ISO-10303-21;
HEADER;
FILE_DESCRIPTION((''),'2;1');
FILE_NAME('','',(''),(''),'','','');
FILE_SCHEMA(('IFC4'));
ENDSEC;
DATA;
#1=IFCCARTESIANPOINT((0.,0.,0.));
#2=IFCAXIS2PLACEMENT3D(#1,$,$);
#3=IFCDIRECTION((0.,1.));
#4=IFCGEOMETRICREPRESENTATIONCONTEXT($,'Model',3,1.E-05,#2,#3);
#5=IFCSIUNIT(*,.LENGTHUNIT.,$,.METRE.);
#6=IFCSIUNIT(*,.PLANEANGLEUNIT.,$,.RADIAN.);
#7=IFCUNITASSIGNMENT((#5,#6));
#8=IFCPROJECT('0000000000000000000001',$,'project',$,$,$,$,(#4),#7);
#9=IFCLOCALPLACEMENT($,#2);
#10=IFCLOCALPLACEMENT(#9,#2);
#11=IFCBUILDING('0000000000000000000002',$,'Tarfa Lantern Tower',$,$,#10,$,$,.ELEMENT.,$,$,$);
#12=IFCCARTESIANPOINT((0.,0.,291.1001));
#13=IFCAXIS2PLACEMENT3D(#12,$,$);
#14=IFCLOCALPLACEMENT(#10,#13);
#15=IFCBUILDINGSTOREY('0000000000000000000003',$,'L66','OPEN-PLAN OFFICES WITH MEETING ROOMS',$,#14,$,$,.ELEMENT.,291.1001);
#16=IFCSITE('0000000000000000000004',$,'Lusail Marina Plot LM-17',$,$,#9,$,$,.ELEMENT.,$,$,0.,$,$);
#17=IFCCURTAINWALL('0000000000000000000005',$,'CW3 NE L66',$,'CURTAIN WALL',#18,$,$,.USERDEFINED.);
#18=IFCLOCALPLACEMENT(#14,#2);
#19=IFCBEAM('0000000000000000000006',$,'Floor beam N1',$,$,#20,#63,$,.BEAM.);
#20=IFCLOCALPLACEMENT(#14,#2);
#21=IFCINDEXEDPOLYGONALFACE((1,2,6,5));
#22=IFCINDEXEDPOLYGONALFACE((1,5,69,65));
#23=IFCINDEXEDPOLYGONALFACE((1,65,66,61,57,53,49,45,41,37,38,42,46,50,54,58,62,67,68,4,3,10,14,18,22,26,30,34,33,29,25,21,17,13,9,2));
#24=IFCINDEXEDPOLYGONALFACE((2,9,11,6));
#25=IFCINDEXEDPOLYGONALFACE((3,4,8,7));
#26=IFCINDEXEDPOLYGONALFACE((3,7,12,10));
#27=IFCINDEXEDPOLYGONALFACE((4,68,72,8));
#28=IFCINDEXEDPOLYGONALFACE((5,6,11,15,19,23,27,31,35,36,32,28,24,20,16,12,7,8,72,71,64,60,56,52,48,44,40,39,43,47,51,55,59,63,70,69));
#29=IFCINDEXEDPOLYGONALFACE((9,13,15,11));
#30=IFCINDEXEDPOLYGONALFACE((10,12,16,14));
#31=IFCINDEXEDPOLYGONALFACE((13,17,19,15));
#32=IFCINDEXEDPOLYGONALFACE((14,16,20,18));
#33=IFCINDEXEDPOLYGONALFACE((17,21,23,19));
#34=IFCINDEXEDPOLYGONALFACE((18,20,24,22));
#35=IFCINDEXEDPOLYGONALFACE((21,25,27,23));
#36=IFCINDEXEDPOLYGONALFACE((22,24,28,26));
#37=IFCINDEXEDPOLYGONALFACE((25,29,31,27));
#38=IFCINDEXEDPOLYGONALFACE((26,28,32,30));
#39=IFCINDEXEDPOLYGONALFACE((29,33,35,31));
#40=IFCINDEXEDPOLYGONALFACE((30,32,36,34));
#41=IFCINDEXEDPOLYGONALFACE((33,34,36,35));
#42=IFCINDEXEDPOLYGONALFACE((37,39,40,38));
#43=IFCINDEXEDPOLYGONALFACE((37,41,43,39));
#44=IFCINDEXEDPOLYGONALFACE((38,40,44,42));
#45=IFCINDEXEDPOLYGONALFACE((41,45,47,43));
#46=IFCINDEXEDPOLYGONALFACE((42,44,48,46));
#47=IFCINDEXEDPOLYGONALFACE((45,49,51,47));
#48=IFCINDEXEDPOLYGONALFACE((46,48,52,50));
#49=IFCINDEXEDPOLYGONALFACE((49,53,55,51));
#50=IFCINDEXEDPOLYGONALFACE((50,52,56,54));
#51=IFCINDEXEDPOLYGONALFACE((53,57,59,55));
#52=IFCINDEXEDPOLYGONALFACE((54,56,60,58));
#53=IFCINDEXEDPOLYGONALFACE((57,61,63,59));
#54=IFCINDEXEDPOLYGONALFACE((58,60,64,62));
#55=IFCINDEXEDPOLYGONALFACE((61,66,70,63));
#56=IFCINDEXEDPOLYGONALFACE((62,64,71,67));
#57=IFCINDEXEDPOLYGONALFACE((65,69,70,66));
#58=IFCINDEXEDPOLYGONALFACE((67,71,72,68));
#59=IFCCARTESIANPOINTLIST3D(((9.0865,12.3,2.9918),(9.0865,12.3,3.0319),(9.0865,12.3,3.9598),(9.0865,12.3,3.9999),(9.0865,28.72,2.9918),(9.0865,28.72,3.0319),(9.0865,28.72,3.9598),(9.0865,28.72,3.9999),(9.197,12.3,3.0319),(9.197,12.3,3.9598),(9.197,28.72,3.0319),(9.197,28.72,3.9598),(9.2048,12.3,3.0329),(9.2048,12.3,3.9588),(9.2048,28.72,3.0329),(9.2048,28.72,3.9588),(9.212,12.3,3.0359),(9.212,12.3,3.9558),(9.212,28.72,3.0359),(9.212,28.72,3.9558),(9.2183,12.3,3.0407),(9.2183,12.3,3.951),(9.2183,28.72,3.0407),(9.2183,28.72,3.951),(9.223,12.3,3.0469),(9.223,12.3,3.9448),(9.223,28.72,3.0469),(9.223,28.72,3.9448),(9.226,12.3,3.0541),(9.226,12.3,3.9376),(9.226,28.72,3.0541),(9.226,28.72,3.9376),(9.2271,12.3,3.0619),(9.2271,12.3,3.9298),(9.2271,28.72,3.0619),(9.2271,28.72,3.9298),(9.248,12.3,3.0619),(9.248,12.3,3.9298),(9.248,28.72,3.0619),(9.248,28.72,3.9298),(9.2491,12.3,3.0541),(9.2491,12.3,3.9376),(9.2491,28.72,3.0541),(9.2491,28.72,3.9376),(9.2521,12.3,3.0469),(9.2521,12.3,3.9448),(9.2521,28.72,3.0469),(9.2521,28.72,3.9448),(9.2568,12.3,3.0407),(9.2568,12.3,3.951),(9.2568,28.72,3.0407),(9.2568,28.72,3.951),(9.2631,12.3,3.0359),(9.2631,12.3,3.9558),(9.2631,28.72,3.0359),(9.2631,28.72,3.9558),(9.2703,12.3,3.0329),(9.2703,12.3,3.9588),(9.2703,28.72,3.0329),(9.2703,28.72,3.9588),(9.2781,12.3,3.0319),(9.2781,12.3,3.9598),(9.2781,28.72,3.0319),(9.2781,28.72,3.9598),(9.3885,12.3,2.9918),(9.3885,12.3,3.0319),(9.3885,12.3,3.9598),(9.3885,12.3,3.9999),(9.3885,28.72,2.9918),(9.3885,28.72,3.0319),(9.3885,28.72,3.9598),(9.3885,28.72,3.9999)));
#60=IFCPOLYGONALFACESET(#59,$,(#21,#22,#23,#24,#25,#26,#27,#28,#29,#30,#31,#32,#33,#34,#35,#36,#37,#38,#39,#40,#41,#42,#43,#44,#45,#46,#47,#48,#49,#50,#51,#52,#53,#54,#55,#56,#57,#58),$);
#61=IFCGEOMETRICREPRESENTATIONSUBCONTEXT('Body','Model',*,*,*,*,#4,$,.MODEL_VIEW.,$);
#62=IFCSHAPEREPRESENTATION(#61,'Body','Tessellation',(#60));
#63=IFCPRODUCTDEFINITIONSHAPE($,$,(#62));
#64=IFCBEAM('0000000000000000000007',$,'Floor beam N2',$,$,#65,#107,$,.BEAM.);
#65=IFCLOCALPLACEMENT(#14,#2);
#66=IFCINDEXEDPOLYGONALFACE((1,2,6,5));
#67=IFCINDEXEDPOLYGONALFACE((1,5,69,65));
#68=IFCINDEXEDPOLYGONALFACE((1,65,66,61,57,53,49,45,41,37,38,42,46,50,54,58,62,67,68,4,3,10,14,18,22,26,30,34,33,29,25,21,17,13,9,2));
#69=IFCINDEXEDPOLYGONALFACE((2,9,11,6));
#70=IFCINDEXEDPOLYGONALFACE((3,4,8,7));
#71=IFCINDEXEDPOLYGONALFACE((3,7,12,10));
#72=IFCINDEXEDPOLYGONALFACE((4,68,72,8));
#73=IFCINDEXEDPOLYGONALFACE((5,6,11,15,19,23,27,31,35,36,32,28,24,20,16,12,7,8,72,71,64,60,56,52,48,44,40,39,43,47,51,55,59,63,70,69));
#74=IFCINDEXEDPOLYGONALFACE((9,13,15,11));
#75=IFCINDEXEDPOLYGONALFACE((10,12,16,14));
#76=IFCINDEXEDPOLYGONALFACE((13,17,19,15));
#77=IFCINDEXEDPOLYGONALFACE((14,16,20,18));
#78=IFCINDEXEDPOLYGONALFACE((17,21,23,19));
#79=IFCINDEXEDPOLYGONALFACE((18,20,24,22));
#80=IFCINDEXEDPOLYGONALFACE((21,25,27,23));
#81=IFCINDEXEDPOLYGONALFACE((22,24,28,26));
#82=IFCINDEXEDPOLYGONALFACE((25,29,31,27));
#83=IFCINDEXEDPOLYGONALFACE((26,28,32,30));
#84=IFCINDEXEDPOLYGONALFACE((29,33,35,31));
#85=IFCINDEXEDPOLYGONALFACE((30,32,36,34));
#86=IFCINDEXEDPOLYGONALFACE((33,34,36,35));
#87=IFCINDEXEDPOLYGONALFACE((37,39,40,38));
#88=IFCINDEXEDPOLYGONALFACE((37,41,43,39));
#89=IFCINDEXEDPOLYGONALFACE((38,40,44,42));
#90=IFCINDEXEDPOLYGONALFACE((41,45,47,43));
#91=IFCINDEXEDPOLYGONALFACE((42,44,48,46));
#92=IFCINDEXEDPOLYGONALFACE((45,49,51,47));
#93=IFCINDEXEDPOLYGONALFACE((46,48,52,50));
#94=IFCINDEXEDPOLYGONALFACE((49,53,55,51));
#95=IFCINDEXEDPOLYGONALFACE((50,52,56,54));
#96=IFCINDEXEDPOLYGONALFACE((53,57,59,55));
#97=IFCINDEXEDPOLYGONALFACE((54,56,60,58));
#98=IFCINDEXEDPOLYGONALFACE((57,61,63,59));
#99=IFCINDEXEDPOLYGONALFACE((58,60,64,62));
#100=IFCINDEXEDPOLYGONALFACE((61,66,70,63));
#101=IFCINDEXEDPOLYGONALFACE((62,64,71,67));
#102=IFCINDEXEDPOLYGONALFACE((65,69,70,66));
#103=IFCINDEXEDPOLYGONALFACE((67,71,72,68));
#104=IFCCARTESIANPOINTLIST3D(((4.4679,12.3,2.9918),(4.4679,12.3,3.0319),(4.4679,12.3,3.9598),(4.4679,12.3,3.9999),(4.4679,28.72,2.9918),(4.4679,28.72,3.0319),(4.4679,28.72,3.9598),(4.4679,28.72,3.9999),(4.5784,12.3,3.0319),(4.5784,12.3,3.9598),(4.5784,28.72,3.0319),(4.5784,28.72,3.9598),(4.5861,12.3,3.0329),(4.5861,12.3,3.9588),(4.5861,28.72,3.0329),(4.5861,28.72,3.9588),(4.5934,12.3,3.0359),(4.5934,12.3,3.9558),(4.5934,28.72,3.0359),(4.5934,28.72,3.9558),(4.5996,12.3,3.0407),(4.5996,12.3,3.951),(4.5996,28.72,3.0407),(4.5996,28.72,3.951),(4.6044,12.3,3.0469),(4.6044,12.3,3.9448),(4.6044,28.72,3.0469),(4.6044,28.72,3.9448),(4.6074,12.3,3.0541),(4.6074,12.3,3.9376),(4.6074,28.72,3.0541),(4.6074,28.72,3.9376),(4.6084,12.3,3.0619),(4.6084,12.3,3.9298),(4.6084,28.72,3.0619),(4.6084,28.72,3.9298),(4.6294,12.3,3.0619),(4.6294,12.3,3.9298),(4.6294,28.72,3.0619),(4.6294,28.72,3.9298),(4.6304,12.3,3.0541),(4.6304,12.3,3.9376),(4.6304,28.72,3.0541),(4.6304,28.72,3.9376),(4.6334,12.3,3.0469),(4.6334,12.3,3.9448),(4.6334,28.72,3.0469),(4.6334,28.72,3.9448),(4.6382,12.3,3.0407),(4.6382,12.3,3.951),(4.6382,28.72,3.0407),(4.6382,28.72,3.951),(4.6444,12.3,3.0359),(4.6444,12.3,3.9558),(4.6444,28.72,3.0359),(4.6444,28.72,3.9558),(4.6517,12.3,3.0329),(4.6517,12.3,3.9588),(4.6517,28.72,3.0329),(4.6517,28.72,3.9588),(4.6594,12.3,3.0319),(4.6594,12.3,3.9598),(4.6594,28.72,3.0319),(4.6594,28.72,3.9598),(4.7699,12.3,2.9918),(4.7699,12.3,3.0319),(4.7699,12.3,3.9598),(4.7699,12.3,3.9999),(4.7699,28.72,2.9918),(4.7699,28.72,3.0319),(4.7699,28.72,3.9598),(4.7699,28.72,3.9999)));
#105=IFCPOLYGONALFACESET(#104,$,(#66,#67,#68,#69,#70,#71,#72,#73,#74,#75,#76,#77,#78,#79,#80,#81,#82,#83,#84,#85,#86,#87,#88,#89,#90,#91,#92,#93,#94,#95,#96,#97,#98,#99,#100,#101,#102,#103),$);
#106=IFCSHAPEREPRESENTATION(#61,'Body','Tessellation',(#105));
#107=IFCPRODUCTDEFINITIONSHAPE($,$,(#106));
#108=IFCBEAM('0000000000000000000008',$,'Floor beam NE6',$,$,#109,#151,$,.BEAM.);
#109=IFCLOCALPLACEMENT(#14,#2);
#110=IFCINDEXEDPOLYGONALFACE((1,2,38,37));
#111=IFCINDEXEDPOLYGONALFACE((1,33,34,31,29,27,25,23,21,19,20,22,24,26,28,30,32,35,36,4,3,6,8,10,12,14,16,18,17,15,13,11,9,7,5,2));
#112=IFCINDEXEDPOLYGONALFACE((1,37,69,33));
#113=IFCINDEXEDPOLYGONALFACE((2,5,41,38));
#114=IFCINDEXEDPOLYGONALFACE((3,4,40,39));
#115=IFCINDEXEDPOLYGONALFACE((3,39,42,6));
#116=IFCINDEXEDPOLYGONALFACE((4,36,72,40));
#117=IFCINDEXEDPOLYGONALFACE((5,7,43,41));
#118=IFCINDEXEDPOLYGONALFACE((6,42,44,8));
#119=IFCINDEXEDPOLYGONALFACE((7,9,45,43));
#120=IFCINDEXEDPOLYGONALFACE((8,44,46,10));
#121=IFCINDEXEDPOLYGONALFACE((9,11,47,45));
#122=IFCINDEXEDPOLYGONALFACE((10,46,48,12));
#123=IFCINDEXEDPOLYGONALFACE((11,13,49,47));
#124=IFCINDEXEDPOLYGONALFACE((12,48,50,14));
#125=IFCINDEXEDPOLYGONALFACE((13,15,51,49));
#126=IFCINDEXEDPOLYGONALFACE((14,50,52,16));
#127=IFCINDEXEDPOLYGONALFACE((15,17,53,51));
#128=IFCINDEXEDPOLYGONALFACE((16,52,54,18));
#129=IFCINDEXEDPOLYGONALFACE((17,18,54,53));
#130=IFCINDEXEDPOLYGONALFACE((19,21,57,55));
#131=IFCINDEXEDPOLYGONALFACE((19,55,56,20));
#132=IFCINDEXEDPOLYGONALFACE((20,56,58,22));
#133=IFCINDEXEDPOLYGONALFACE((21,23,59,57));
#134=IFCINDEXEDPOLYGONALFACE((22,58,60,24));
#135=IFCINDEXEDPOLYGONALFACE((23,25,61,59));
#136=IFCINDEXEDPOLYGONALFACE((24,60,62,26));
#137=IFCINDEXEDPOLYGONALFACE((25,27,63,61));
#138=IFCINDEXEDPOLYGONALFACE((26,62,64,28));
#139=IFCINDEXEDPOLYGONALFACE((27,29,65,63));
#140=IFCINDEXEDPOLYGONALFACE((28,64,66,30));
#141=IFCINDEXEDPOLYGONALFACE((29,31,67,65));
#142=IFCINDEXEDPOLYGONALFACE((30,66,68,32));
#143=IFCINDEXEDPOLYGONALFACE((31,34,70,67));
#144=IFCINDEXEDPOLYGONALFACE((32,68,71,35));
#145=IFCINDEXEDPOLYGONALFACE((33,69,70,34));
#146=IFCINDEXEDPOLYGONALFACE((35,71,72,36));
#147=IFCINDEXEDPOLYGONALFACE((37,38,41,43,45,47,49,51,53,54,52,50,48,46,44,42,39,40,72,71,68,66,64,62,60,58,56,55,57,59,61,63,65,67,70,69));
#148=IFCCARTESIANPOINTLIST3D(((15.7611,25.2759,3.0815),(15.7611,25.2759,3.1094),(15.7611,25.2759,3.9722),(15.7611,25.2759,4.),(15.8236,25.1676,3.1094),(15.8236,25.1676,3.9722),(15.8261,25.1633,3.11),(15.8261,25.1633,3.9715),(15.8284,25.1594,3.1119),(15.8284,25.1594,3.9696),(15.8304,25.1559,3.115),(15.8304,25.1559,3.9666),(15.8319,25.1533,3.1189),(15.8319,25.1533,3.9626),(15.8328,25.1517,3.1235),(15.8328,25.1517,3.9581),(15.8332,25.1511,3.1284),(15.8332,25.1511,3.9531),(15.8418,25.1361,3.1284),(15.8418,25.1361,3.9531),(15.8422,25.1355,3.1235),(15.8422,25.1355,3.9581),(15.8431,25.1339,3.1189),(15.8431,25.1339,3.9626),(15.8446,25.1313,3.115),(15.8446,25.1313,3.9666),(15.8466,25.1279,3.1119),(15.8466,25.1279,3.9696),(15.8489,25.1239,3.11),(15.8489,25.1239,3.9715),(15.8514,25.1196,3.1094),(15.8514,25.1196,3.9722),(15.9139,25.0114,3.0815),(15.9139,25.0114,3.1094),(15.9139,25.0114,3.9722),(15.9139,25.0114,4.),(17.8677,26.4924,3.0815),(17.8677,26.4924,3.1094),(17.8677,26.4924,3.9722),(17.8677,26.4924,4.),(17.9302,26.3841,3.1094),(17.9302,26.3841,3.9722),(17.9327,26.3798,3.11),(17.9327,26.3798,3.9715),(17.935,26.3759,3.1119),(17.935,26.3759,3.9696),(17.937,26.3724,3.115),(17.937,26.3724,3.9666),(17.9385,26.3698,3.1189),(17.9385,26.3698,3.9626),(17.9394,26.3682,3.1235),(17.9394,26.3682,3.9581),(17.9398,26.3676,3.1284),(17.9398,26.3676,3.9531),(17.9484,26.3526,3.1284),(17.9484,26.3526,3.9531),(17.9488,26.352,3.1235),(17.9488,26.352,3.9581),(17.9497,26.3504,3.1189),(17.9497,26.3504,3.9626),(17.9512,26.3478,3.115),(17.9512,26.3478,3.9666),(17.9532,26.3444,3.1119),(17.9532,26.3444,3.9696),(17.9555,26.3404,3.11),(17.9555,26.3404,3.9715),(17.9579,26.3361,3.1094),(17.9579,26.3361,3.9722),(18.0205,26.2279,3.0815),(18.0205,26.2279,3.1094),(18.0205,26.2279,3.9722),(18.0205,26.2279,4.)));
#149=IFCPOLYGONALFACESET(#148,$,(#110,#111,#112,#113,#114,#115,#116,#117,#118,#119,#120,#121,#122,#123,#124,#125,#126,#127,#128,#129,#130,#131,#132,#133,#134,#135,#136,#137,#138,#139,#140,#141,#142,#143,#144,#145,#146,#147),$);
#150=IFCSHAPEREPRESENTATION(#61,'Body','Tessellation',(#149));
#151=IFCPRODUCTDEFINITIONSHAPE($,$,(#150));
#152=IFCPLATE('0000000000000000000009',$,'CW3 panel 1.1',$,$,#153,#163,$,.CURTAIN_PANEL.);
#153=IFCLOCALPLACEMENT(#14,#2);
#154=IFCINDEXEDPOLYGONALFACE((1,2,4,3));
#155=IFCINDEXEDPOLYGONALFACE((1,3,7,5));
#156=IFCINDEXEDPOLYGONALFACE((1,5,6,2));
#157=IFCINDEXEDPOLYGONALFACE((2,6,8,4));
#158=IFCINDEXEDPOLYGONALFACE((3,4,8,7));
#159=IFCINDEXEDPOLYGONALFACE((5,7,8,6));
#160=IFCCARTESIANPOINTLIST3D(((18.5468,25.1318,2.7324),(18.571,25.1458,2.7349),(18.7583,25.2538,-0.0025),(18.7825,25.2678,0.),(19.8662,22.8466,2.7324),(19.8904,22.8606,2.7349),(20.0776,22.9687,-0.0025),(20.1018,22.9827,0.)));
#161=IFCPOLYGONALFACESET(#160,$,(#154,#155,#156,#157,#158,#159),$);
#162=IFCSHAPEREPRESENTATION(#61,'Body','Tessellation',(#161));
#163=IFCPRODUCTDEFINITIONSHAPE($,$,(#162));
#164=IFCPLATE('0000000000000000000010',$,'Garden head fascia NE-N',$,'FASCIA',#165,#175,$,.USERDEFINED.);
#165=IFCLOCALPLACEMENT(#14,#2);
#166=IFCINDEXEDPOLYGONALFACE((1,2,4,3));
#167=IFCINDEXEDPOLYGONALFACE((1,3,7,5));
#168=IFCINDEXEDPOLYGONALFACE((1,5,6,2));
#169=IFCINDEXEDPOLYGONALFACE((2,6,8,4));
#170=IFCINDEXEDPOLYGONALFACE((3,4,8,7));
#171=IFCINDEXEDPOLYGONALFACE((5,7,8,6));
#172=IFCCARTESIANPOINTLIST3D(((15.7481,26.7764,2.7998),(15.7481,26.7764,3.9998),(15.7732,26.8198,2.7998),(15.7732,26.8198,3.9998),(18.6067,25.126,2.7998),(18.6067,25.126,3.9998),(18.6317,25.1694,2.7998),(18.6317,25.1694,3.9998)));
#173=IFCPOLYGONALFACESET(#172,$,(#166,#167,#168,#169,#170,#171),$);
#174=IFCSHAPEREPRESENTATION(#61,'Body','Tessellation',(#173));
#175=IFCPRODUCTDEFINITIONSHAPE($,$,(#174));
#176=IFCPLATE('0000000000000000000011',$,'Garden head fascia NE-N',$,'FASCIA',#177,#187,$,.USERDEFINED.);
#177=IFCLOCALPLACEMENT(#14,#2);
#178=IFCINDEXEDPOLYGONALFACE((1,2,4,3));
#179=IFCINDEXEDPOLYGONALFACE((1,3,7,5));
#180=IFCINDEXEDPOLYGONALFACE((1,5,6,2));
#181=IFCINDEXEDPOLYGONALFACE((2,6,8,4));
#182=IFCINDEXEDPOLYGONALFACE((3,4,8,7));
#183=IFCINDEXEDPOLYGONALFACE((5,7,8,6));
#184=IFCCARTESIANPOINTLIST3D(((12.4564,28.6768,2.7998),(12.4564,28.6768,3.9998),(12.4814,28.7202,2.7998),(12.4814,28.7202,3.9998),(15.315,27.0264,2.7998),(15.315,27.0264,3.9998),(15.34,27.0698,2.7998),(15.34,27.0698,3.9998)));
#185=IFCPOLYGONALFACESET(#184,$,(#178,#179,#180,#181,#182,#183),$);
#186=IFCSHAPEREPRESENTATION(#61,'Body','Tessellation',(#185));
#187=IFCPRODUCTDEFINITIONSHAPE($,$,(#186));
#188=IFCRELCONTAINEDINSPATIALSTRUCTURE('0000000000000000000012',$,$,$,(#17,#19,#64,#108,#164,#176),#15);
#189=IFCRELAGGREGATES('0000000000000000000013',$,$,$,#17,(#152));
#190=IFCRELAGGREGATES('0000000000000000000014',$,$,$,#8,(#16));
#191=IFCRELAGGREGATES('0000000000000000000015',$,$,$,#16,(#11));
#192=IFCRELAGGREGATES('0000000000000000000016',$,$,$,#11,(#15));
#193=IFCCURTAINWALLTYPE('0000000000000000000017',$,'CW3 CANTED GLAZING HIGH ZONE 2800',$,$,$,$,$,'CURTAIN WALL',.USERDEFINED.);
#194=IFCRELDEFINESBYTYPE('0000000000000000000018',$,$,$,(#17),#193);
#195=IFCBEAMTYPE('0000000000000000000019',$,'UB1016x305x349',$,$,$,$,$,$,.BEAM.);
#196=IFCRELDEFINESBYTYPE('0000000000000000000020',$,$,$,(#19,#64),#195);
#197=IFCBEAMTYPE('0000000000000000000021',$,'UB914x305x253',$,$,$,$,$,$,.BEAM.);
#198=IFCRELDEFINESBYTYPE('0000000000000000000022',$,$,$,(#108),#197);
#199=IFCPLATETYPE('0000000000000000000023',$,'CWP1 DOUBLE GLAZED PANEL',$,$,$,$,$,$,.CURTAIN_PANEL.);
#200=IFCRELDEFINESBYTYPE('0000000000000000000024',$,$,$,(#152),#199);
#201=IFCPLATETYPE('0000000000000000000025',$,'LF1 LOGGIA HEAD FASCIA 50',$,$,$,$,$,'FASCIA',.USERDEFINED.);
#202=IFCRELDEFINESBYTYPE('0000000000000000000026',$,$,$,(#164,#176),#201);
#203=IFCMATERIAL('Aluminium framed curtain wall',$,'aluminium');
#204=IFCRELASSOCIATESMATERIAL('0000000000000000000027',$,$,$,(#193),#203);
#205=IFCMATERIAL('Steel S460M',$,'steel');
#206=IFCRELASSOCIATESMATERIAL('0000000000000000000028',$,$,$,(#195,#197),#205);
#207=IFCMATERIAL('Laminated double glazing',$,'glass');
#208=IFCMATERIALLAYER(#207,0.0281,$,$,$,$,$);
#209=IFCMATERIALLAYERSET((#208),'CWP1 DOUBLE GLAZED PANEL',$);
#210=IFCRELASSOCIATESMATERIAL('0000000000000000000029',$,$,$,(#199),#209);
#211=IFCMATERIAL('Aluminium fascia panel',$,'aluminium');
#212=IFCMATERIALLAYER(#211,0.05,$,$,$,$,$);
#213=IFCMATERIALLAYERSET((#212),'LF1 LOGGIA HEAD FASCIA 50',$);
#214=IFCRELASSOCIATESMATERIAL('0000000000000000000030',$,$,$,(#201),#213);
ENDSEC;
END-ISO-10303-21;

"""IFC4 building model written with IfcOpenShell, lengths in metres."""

from ifc_helpers import new_model, si_unit, direction, frame, origin, origin_2d, place, context, subcontext, project, spatial, polyline, rectangle, i_section, outline, extrude, material, layer, layer_set, material_profile, profile_set, type_object, element, aggregate, save


model = new_model("IFC4")

# Units and contexts
model_context = context("Model", 3, precision=1e-05, world=origin(), true_north=direction((0.0, 1.0)))
body_context = subcontext(model_context, "Body", "Model", "MODEL_VIEW")
ifc_project = project(units=[si_unit("LENGTHUNIT", "METRE"), si_unit("PLANEANGLEUNIT", "RADIAN")], contexts=[model_context])

# Site, building, storey
site_placement = place(None, origin())
site = spatial("IfcSite", under=ifc_project, at=site_placement, Name="Lusail Marina Plot LM-17", CompositionType="ELEMENT", RefElevation=0.0)
building_placement = place(site_placement, origin())
building = spatial("IfcBuilding", under=site, at=building_placement, Name="Tarfa Lantern Tower", CompositionType="ELEMENT")
storey_placement = place(building_placement, frame((0.0, 0.0, 291.1001)))
storey = spatial("IfcBuildingStorey", under=building, at=storey_placement, Name="L66", Description="OPEN-PLAN OFFICES WITH MEETING ROOMS", CompositionType="ELEMENT", Elevation=291.1001)

# Curtain wall
ifc_material_1 = material(Name="Aluminium framed curtain wall", Category="aluminium")
curtain_wall_type = type_object("IfcCurtainWallType", Name="CW3 CANTED GLAZING HIGH ZONE 2800", ElementType="CURTAIN WALL", PredefinedType="USERDEFINED", material=ifc_material_1)
curtain_wall_placement = place(storey_placement, origin())
curtain_wall = element("IfcCurtainWall", 1, at=curtain_wall_placement, inside=storey, type_object=curtain_wall_type, Name="CW3 NE L66", ObjectType="CURTAIN WALL", PredefinedType="USERDEFINED")

# Beams
ifc_material_2 = material(Name="Steel S460M", Category="steel")
ifc_material_profile_1 = material_profile(ifc_material_2, i_section(OverallWidth=0.302, OverallDepth=1.0081, WebThickness=0.021, FlangeThickness=0.04, FilletRadius=0.03, at=origin_2d()), Name="UB1016x305x349")
ifc_profile_set_1 = profile_set([ifc_material_profile_1], Name="Steel S460M")
beam_type_1 = type_object("IfcBeamType", Name="UB1016x305x349", PredefinedType="BEAM", material=ifc_profile_set_1)
for number, where, z_axis, x_axis, name in (
    (2, (9.2375, 28.72, 3.4958), (0.0, -1.0, 0.0), (1.0, 0.0, 0.0), "Floor beam N1"),
    (3, (4.6189, 28.72, 3.4958), (0.0, -1.0, 0.0), (1.0, 0.0, 0.0), "Floor beam N2"),
):
    element("IfcBeam", number, at=place(storey_placement, frame(where, z_axis=z_axis, x_axis=x_axis)), inside=storey, type_object=beam_type_1, Name=name, PredefinedType="BEAM", context=body_context, shape_type="SweptSolid", body=[
        extrude(i_section(OverallWidth=0.302, OverallDepth=1.0081, WebThickness=0.021, FlangeThickness=0.04, FilletRadius=0.03, at=origin_2d()), origin(), (0.0, 0.0, 1.0), 16.4199),
    ])
ifc_material_profile_2 = material_profile(ifc_material_2, i_section(OverallWidth=0.3054, OverallDepth=0.9185, WebThickness=0.0173, FlangeThickness=0.0278, FilletRadius=0.019, at=origin_2d()), Name="UB914x305x253")
ifc_profile_set_2 = profile_set([ifc_material_profile_2], Name="Steel S460M")
beam_type_2 = type_object("IfcBeamType", Name="UB914x305x253", PredefinedType="BEAM", material=ifc_profile_set_2)
beam_1_placement = place(storey_placement, frame((17.9441, 26.3601, 3.5408), z_axis=(-0.86598, -0.500079, 0.0), x_axis=(0.500079, -0.86598, 0.0)))
element("IfcBeam", 4, at=beam_1_placement, inside=storey, type_object=beam_type_2, Name="Floor beam NE6", PredefinedType="BEAM", context=body_context, shape_type="SweptSolid", body=[
    extrude(i_section(OverallWidth=0.3054, OverallDepth=0.9185, WebThickness=0.0173, FlangeThickness=0.0278, FilletRadius=0.019, at=origin_2d()), origin(), (0.0, 0.0, 1.0), 2.4326),
])

# Plate
ifc_material_3 = material(Name="Laminated double glazing", Category="glass")
ifc_layer_1 = layer(ifc_material_3, 0.0281)
ifc_layer_set_1 = layer_set([ifc_layer_1], Name="CWP1 DOUBLE GLAZED PANEL")
plate_type_1 = type_object("IfcPlateType", Name="CWP1 DOUBLE GLAZED PANEL", PredefinedType="CURTAIN_PANEL", material=ifc_layer_set_1)
plate_1_placement = place(storey_placement, frame((20.1018, 22.9827, 0.0), z_axis=(0.862595, 0.49802, 0.088914), x_axis=(-0.5, 0.866025, 0.0)))
plate_1 = element("IfcPlate", 5, at=plate_1_placement, type_object=plate_type_1, Name="CW3 panel 1.1", PredefinedType="CURTAIN_PANEL", context=body_context, shape_type="SweptSolid", body=[
    extrude(outline(polyline([(0.0, 0.0), (2.6387, 0.0), (2.6387, 2.7457), (0.0, 2.7457), (0.0, 0.0)])), origin(), (0.0, 0.0, -1.0), 0.0281),
])
aggregate(curtain_wall, [plate_1])

# Plates
ifc_material_4 = material(Name="Aluminium fascia panel", Category="aluminium")
ifc_layer_2 = layer(ifc_material_4, 0.05)
ifc_layer_set_2 = layer_set([ifc_layer_2], Name="LF1 LOGGIA HEAD FASCIA 50")
plate_type_2 = type_object("IfcPlateType", Name="LF1 LOGGIA HEAD FASCIA 50", ElementType="FASCIA", PredefinedType="USERDEFINED", material=ifc_layer_set_2)
for number, where, z_axis, x_axis, name in (
    (6, (17.1899, 25.9729, 2.7998), (0.0, 0.0, 1.0), (-0.866025, 0.5, 0.0), "Garden head fascia NE-N"),
    (7, (13.8982, 27.8733, 2.7998), (0.0, 0.0, 1.0), (-0.866025, 0.5, 0.0), "Garden head fascia NE-N"),
):
    element("IfcPlate", number, at=place(storey_placement, frame(where, z_axis=z_axis, x_axis=x_axis)), inside=storey, type_object=plate_type_2, Name=name, ObjectType="FASCIA", PredefinedType="USERDEFINED", context=body_context, shape_type="SweptSolid", body=[
        extrude(rectangle(XDim=3.3008, YDim=0.05, at=origin_2d()), origin(), (0.0, 0.0, 1.0), 1.2),
    ])

save(model, "model.ifc")
